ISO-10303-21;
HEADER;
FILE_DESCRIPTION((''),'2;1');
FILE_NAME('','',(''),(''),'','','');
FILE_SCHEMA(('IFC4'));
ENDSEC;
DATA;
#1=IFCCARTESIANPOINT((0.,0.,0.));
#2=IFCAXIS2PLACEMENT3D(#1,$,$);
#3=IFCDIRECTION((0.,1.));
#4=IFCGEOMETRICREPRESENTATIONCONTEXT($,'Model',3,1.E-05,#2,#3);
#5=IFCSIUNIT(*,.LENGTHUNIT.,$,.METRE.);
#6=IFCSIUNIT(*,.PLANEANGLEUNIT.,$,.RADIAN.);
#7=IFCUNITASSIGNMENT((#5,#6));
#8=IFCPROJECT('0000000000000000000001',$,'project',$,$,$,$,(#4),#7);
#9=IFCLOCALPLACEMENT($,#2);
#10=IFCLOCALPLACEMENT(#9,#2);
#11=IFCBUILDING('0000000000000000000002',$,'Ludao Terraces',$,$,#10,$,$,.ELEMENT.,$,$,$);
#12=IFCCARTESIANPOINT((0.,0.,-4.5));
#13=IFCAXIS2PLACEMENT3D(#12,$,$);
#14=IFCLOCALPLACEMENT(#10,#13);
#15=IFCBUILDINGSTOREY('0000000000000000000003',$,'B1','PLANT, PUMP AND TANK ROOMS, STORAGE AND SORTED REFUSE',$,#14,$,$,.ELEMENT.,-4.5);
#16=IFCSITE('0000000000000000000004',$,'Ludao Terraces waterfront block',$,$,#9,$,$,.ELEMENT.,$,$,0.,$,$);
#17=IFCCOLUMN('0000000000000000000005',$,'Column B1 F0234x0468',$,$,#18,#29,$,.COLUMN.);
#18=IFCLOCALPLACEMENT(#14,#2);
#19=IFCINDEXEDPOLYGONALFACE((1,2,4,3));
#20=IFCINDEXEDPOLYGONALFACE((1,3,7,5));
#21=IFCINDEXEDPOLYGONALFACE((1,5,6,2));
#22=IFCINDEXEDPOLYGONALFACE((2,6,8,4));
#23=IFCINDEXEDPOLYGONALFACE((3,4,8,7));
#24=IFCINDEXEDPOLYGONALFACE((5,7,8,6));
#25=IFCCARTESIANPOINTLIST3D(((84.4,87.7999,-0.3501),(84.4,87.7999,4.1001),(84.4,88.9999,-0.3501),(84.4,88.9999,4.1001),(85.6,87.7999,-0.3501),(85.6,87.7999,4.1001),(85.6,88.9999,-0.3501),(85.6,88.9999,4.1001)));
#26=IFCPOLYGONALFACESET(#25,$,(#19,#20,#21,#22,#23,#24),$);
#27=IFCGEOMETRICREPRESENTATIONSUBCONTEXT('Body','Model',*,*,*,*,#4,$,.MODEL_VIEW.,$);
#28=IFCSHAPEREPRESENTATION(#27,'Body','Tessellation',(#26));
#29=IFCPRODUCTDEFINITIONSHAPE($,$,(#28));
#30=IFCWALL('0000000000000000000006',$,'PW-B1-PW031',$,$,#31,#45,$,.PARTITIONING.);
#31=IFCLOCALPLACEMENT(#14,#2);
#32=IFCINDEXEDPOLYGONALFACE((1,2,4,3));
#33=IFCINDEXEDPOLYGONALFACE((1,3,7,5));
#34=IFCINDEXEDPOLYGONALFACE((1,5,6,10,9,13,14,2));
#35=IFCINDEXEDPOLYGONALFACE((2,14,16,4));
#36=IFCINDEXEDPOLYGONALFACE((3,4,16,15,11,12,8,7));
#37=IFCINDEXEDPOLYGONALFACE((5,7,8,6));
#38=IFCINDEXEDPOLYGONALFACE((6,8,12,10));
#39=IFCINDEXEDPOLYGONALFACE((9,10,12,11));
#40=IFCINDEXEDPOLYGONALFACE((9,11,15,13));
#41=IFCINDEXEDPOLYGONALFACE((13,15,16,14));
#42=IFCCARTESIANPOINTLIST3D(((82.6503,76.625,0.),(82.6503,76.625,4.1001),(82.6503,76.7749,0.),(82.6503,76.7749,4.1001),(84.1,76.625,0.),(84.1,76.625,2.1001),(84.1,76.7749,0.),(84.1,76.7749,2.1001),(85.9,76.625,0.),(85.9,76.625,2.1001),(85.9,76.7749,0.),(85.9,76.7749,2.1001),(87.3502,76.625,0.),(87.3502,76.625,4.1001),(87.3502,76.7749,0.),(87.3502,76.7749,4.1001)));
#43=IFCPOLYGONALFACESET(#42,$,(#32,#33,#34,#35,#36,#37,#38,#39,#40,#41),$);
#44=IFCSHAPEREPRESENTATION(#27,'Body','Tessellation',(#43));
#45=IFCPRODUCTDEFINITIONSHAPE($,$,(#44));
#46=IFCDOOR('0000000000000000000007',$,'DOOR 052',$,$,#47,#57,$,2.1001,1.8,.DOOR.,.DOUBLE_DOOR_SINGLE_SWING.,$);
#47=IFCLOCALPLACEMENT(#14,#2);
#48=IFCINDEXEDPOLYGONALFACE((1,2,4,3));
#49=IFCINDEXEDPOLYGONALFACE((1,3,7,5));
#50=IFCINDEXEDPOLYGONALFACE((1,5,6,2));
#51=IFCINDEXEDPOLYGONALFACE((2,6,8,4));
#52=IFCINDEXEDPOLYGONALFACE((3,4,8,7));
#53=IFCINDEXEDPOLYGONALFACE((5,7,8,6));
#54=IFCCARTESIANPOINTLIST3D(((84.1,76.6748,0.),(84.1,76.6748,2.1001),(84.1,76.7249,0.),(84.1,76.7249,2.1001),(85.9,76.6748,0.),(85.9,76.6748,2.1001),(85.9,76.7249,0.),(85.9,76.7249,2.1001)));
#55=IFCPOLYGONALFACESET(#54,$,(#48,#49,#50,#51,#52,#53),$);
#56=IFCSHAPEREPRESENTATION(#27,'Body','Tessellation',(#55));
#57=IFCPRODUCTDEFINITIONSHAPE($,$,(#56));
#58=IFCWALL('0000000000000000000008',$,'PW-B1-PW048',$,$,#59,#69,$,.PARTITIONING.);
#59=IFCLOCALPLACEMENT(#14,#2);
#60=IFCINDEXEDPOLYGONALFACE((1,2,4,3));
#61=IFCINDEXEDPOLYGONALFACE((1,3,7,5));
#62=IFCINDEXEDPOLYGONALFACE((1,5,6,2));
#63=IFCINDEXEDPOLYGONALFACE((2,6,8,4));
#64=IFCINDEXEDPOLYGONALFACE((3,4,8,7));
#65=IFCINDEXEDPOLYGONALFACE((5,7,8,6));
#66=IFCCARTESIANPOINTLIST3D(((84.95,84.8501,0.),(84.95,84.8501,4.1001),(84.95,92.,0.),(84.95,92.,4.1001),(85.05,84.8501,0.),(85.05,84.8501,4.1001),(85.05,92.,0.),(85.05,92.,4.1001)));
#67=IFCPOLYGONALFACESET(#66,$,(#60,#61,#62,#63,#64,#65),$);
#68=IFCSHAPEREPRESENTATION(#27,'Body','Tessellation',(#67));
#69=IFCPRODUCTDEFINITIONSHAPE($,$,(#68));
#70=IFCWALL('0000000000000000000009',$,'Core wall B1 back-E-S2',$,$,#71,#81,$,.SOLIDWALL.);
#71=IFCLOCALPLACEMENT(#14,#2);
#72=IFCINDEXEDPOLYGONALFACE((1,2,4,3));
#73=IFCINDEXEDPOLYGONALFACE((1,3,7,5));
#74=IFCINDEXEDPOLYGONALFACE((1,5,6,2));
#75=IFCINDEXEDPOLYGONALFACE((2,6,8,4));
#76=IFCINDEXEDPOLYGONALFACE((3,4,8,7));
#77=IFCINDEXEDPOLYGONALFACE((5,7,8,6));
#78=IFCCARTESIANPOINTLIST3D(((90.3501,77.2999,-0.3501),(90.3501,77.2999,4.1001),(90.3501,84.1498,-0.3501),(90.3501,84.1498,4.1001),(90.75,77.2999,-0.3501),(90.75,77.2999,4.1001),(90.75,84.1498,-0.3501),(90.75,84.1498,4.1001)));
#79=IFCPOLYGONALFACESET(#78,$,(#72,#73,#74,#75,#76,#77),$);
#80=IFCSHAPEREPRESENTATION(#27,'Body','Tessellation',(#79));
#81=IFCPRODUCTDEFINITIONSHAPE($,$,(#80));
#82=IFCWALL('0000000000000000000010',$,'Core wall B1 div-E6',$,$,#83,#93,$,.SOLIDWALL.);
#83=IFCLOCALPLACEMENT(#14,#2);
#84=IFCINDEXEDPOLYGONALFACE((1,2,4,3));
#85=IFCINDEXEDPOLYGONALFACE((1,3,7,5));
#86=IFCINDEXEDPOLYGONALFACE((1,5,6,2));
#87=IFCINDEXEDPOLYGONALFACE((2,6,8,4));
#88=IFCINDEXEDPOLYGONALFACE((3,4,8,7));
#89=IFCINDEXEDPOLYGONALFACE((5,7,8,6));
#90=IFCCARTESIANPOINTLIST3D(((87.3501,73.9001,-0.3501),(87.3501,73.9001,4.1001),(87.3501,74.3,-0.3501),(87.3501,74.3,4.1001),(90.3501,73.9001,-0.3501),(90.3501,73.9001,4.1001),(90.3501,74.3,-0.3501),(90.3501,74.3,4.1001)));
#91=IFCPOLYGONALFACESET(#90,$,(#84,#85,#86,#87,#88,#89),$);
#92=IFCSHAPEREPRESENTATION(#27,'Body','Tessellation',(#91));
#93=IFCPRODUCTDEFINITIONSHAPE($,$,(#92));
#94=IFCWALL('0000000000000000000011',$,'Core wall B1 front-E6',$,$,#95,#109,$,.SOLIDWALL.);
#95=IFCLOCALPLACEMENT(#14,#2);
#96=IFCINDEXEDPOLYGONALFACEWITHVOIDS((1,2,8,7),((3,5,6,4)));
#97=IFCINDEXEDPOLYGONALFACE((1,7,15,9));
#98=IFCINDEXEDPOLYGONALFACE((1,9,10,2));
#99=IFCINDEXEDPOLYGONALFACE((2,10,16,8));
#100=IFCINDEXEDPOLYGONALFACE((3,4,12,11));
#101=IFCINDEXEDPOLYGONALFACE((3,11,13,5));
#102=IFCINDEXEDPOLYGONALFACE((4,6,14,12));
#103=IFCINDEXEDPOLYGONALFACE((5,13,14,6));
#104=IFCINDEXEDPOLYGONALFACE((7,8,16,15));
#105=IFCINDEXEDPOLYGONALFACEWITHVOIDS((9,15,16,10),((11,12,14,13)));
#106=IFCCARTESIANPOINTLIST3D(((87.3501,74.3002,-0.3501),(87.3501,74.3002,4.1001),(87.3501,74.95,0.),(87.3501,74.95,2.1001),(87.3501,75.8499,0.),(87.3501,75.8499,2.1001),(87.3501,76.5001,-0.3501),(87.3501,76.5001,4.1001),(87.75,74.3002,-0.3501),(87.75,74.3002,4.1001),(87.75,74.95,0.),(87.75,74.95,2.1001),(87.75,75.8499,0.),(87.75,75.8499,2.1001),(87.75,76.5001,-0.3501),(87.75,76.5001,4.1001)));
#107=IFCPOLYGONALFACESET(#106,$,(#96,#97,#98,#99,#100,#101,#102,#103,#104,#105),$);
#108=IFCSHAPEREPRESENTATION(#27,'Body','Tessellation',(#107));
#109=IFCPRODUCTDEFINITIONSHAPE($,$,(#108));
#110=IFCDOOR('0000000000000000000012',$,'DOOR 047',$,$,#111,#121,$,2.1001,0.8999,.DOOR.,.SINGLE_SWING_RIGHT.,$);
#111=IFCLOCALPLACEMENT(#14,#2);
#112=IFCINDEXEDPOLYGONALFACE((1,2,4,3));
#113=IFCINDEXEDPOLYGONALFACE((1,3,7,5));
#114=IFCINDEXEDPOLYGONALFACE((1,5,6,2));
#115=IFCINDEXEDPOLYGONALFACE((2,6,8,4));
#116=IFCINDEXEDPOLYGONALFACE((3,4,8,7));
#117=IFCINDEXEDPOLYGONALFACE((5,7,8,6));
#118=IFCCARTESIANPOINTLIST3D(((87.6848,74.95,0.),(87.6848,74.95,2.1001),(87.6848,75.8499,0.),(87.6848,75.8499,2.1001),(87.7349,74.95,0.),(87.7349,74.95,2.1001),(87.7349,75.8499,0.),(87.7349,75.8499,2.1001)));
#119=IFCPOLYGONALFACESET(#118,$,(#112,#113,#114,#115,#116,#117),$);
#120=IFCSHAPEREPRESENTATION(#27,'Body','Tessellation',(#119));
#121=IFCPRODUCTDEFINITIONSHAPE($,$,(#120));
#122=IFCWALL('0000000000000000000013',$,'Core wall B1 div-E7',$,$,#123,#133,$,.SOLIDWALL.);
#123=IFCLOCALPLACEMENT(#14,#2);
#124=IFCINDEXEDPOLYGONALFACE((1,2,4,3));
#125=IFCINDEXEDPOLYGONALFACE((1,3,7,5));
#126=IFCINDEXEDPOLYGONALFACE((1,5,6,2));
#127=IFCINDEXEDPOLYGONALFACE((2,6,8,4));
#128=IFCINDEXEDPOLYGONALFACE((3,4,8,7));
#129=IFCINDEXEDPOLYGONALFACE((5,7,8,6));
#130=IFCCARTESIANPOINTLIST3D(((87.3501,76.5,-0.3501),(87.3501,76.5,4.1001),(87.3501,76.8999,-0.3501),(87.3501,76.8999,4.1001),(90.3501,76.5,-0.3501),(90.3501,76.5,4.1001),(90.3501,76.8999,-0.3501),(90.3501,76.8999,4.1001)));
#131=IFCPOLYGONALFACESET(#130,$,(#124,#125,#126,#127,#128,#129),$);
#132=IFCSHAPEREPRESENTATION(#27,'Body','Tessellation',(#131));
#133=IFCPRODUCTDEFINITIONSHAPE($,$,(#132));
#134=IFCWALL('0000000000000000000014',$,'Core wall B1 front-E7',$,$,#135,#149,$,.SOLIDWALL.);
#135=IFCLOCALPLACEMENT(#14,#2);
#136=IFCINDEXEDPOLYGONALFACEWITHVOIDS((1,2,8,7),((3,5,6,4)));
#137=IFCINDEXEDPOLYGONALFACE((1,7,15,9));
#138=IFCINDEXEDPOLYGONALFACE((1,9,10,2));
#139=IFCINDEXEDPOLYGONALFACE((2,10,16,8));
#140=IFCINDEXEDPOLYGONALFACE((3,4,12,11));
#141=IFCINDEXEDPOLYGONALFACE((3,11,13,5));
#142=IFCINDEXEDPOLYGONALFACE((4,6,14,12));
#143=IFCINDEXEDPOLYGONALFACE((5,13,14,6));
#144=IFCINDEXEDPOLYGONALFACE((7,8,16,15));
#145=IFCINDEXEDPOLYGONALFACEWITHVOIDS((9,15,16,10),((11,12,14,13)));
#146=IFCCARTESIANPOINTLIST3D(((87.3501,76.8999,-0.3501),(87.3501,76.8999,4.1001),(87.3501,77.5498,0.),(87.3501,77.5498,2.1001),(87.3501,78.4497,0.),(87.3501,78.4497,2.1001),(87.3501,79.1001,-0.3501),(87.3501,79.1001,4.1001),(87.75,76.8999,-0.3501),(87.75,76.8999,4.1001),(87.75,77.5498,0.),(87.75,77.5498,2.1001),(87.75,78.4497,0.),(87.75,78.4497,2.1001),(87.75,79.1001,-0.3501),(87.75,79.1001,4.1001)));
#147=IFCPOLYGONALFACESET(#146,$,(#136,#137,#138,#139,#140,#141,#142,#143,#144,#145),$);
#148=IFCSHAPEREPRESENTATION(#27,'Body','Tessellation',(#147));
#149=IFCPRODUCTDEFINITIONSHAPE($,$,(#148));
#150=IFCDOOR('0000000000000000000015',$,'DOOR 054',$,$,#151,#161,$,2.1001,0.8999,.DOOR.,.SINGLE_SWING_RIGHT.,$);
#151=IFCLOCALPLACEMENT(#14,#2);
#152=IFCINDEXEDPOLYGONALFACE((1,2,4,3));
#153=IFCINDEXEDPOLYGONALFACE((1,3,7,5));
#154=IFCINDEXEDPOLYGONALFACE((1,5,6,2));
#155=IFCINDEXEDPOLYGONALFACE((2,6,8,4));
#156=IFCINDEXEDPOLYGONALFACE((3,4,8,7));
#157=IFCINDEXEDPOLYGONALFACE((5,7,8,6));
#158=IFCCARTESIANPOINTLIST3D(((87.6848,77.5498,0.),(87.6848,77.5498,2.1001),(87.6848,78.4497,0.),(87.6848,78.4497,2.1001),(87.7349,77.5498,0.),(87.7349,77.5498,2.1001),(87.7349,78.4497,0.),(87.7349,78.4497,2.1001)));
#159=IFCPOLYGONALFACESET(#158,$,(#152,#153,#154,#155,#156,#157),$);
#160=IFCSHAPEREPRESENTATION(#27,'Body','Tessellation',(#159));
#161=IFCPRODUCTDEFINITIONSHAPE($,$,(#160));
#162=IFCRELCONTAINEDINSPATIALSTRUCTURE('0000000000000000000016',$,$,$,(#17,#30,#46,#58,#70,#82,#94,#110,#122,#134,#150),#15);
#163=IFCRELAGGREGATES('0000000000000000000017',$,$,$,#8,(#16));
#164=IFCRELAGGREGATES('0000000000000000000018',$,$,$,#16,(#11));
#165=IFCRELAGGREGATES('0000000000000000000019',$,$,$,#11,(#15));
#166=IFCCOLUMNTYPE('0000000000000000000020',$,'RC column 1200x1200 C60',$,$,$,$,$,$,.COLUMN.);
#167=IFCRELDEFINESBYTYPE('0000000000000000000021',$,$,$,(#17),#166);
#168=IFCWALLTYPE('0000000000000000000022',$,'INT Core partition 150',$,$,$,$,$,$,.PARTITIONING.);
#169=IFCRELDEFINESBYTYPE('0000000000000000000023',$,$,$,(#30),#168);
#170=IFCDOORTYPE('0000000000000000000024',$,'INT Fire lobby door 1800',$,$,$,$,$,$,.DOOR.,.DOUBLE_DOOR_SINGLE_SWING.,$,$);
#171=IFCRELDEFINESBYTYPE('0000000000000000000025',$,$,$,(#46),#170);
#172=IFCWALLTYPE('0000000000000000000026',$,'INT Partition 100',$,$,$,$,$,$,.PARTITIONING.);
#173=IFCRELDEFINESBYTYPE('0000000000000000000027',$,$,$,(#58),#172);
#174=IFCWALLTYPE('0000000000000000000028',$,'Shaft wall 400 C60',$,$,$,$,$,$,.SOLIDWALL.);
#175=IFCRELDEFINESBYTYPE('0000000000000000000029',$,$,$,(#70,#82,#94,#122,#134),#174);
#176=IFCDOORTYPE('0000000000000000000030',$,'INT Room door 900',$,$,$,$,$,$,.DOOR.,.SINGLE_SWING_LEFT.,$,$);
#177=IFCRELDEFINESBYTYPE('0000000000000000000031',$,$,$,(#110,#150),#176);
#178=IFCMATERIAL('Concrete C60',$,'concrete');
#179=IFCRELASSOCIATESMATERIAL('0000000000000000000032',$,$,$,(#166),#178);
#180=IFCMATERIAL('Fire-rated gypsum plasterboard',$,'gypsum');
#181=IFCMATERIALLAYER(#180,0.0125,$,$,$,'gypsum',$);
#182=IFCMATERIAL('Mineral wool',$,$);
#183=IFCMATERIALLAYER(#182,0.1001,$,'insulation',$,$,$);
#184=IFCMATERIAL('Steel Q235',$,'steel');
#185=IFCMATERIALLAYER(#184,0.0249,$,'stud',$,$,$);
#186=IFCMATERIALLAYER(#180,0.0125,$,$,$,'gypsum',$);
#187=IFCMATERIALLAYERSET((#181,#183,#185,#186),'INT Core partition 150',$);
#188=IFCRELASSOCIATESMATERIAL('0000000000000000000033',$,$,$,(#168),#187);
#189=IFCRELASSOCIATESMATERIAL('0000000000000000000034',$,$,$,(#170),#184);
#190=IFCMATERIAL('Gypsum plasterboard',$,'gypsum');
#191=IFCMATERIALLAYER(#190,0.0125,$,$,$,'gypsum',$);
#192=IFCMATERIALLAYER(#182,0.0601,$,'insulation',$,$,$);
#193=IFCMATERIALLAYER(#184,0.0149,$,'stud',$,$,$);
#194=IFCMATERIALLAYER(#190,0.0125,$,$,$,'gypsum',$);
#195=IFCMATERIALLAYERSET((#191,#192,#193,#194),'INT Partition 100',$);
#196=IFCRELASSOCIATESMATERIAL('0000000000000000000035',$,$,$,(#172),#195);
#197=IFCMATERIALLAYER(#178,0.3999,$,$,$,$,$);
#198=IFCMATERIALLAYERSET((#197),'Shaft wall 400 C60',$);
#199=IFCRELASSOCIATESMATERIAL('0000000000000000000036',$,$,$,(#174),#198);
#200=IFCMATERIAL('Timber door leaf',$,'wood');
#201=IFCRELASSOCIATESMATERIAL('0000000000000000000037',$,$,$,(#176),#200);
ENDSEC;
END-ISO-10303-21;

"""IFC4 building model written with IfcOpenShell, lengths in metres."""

from ifc_helpers import new_model, si_unit, direction, frame, frame_2d, origin, origin_2d, place, context, subcontext, project, spatial, rectangle, extrude, material, layer, layer_set, material_profile, profile_set, type_object, element, fill, save


model = new_model("IFC4")

# Units and contexts
model_context = context("Model", 3, precision=1e-05, world=origin(), true_north=direction((0.0, 1.0)))
body_context = subcontext(model_context, "Body", "Model", "MODEL_VIEW")
ifc_project = project(units=[si_unit("LENGTHUNIT", "METRE"), si_unit("PLANEANGLEUNIT", "RADIAN")], contexts=[model_context])

# Site, building, storey
site_placement = place(None, origin())
site = spatial("IfcSite", under=ifc_project, at=site_placement, Name="Ludao Terraces waterfront block", CompositionType="ELEMENT", RefElevation=0.0)
building_placement = place(site_placement, origin())
building = spatial("IfcBuilding", under=site, at=building_placement, Name="Ludao Terraces", CompositionType="ELEMENT")
storey_placement = place(building_placement, frame((0.0, 0.0, -4.5)))
storey = spatial("IfcBuildingStorey", under=building, at=storey_placement, Name="B1", Description="PLANT, PUMP AND TANK ROOMS, STORAGE AND SORTED REFUSE", CompositionType="ELEMENT", Elevation=-4.5)

# Column
ifc_material_1 = material(Name="Concrete C60", Category="concrete")
ifc_material_profile = material_profile(ifc_material_1, rectangle(XDim=1.2, YDim=1.2, at=origin_2d()), Name="1200 X 1200")
ifc_profile_set = profile_set([ifc_material_profile], Name="Concrete C60")
column_type = type_object("IfcColumnType", Name="RC column 1200x1200 C60", PredefinedType="COLUMN", material=ifc_profile_set)
column_placement = place(storey_placement, frame((85.0, 88.3999, -0.3501), z_axis=(0.0, 0.0, 1.0), x_axis=(1.0, 0.0, 0.0)))
element("IfcColumn", 1, at=column_placement, inside=storey, type_object=column_type, Name="Column B1 F0234x0468", PredefinedType="COLUMN", context=body_context, shape_type="SweptSolid", body=[
    extrude(rectangle(XDim=1.2, YDim=1.2, at=origin_2d()), origin(), (0.0, 0.0, 1.0), 4.4502),
])

# Wall, opening, door
ifc_material_2 = material(Name="Fire-rated gypsum plasterboard", Category="gypsum")
ifc_layer_1 = layer(ifc_material_2, 0.0125, Category="gypsum")
ifc_material_3 = material(Name="Mineral wool")
ifc_layer_2 = layer(ifc_material_3, 0.1001, Name="insulation")
ifc_material_4 = material(Name="Steel Q235", Category="steel")
ifc_layer_3 = layer(ifc_material_4, 0.0249, Name="stud")
ifc_layer_4 = layer(ifc_material_2, 0.0125, Category="gypsum")
ifc_layer_set_1 = layer_set([ifc_layer_1, ifc_layer_2, ifc_layer_3, ifc_layer_4], Name="INT Core partition 150")
wall_type_1 = type_object("IfcWallType", Name="INT Core partition 150", PredefinedType="PARTITIONING", material=ifc_layer_set_1)
wall_1_placement = place(storey_placement, frame((82.6501, 76.7, 0.0), z_axis=(0.0, 0.0, 1.0), x_axis=(1.0, 0.0, 0.0)))
wall_1 = element("IfcWall", 2, at=wall_1_placement, inside=storey, type_object=wall_type_1, Name="PW-B1-PW031", PredefinedType="PARTITIONING", context=body_context, shape_type="SweptSolid", body=[
    extrude(rectangle(XDim=4.7, YDim=0.1499, at=frame_2d((2.3501, 0.0))), origin(), (0.0, 0.0, 1.0), 4.1001),
])
opening_1_placement = place(wall_1_placement, frame((1.45, 0.0, 0.0)))
opening_1 = element("IfcOpeningElement", 3, at=opening_1_placement, cuts=wall_1, PredefinedType="OPENING", context=body_context, shape_type="SweptSolid", body=[
    extrude(rectangle(XDim=1.8, YDim=2.1001, at=frame_2d((0.8999, 1.05))), frame((0.0, 0.085, 0.0), z_axis=(0.0, -1.0, 0.0), x_axis=(1.0, 0.0, 0.0)), (0.0, 0.0, 1.0), 0.1699),
])
door_type_1 = type_object("IfcDoorType", Name="INT Fire lobby door 1800", OperationType="DOUBLE_DOOR_SINGLE_SWING", PredefinedType="DOOR", material=ifc_material_4)
door_1_placement = place(opening_1_placement, origin())
door_1 = element("IfcDoor", 4, at=door_1_placement, inside=storey, type_object=door_type_1, Name="DOOR 052", OperationType="DOUBLE_DOOR_SINGLE_SWING", OverallHeight=2.1001, OverallWidth=1.8, PredefinedType="DOOR", context=body_context, shape_type="SweptSolid", body=[
    extrude(rectangle(XDim=1.8, YDim=2.1001, at=frame_2d((0.8999, 1.05))), frame((0.0, 0.0249, 0.0), z_axis=(0.0, -1.0, 0.0), x_axis=(1.0, 0.0, 0.0)), (0.0, 0.0, 1.0), 0.05),
])
fill(opening_1, door_1)

# Walls
ifc_material_5 = material(Name="Gypsum plasterboard", Category="gypsum")
ifc_layer_5 = layer(ifc_material_5, 0.0125, Category="gypsum")
ifc_layer_6 = layer(ifc_material_3, 0.0601, Name="insulation")
ifc_layer_7 = layer(ifc_material_4, 0.0149, Name="stud")
ifc_layer_8 = layer(ifc_material_5, 0.0125, Category="gypsum")
ifc_layer_set_2 = layer_set([ifc_layer_5, ifc_layer_6, ifc_layer_7, ifc_layer_8], Name="INT Partition 100")
wall_type_2 = type_object("IfcWallType", Name="INT Partition 100", PredefinedType="PARTITIONING", material=ifc_layer_set_2)
wall_2_placement = place(storey_placement, frame((85.0, 84.8501, 0.0), z_axis=(0.0, 0.0, 1.0), x_axis=(0.0, 1.0, 0.0)))
element("IfcWall", 5, at=wall_2_placement, inside=storey, type_object=wall_type_2, Name="PW-B1-PW048", PredefinedType="PARTITIONING", context=body_context, shape_type="SweptSolid", body=[
    extrude(rectangle(XDim=7.1499, YDim=0.1001, at=frame_2d((3.575, 0.0))), origin(), (0.0, 0.0, 1.0), 4.1001),
])
ifc_layer_9 = layer(ifc_material_1, 0.3999)
ifc_layer_set_3 = layer_set([ifc_layer_9], Name="Shaft wall 400 C60")
wall_type_3 = type_object("IfcWallType", Name="Shaft wall 400 C60", PredefinedType="SOLIDWALL", material=ifc_layer_set_3)
wall_3_placement = place(storey_placement, frame((90.55, 77.3, -0.3501), z_axis=(0.0, 0.0, 1.0), x_axis=(0.0, 1.0, 0.0)))
element("IfcWall", 6, at=wall_3_placement, inside=storey, type_object=wall_type_3, Name="Core wall B1 back-E-S2", PredefinedType="SOLIDWALL", context=body_context, shape_type="SweptSolid", body=[
    extrude(rectangle(XDim=6.8499, YDim=0.3999, at=frame_2d((3.4248, 0.0))), origin(), (0.0, 0.0, 1.0), 4.4502),
])
wall_4_placement = place(storey_placement, frame((87.3501, 74.1001, -0.3501), z_axis=(0.0, 0.0, 1.0), x_axis=(1.0, 0.0, 0.0)))
element("IfcWall", 7, at=wall_4_placement, inside=storey, type_object=wall_type_3, Name="Core wall B1 div-E6", PredefinedType="SOLIDWALL", context=body_context, shape_type="SweptSolid", body=[
    extrude(rectangle(XDim=3.0, YDim=0.3999, at=frame_2d((1.5, 0.0))), origin(), (0.0, 0.0, 1.0), 4.4502),
])

# Wall, opening, door
wall_5_placement = place(storey_placement, frame((87.55, 74.3, -0.3501), z_axis=(0.0, 0.0, 1.0), x_axis=(0.0, 1.0, 0.0)))
wall_5 = element("IfcWall", 8, at=wall_5_placement, inside=storey, type_object=wall_type_3, Name="Core wall B1 front-E6", PredefinedType="SOLIDWALL", context=body_context, shape_type="SweptSolid", body=[
    extrude(rectangle(XDim=2.2, YDim=0.3999, at=frame_2d((1.1001, 0.0))), origin(), (0.0, 0.0, 1.0), 4.4502),
])
opening_2_placement = place(wall_5_placement, frame((0.6499, 0.0, 0.3501)))
opening_2 = element("IfcOpeningElement", 9, at=opening_2_placement, cuts=wall_5, PredefinedType="OPENING", context=body_context, shape_type="SweptSolid", body=[
    extrude(rectangle(XDim=0.8999, YDim=2.1001, at=frame_2d((0.45, 1.05))), frame((0.0, 0.21, 0.0), z_axis=(0.0, -1.0, 0.0), x_axis=(1.0, 0.0, 0.0)), (0.0, 0.0, 1.0), 0.4199),
])
ifc_material_6 = material(Name="Timber door leaf", Category="wood")
door_type_2 = type_object("IfcDoorType", Name="INT Room door 900", OperationType="SINGLE_SWING_LEFT", PredefinedType="DOOR", material=ifc_material_6)
door_2_placement = place(opening_2_placement, origin())
door_2 = element("IfcDoor", 10, at=door_2_placement, inside=storey, type_object=door_type_2, Name="DOOR 047", OperationType="SINGLE_SWING_RIGHT", OverallHeight=2.1001, OverallWidth=0.8999, PredefinedType="DOOR", context=body_context, shape_type="SweptSolid", body=[
    extrude(rectangle(XDim=0.8999, YDim=2.1001, at=frame_2d((0.45, 1.05))), frame((0.0, -0.1348, 0.0), z_axis=(0.0, -1.0, 0.0), x_axis=(1.0, 0.0, 0.0)), (0.0, 0.0, 1.0), 0.05),
])
fill(opening_2, door_2)

# Wall
wall_6_placement = place(storey_placement, frame((87.3501, 76.7, -0.3501), z_axis=(0.0, 0.0, 1.0), x_axis=(1.0, 0.0, 0.0)))
element("IfcWall", 11, at=wall_6_placement, inside=storey, type_object=wall_type_3, Name="Core wall B1 div-E7", PredefinedType="SOLIDWALL", context=body_context, shape_type="SweptSolid", body=[
    extrude(rectangle(XDim=3.0, YDim=0.3999, at=frame_2d((1.5, 0.0))), origin(), (0.0, 0.0, 1.0), 4.4502),
])

# Wall, opening, door
wall_7_placement = place(storey_placement, frame((87.55, 76.8999, -0.3501), z_axis=(0.0, 0.0, 1.0), x_axis=(0.0, 1.0, 0.0)))
wall_7 = element("IfcWall", 12, at=wall_7_placement, inside=storey, type_object=wall_type_3, Name="Core wall B1 front-E7", PredefinedType="SOLIDWALL", context=body_context, shape_type="SweptSolid", body=[
    extrude(rectangle(XDim=2.2002, YDim=0.3999, at=frame_2d((1.1001, 0.0))), origin(), (0.0, 0.0, 1.0), 4.4502),
])
opening_3_placement = place(wall_7_placement, frame((0.6499, 0.0, 0.3501)))
opening_3 = element("IfcOpeningElement", 13, at=opening_3_placement, cuts=wall_7, PredefinedType="OPENING", context=body_context, shape_type="SweptSolid", body=[
    extrude(rectangle(XDim=0.8999, YDim=2.1001, at=frame_2d((0.45, 1.05))), frame((0.0, 0.21, 0.0), z_axis=(0.0, -1.0, 0.0), x_axis=(1.0, 0.0, 0.0)), (0.0, 0.0, 1.0), 0.4199),
])
door_3_placement = place(opening_3_placement, origin())
door_3 = element("IfcDoor", 14, at=door_3_placement, inside=storey, type_object=door_type_2, Name="DOOR 054", OperationType="SINGLE_SWING_RIGHT", OverallHeight=2.1001, OverallWidth=0.8999, PredefinedType="DOOR", context=body_context, shape_type="SweptSolid", body=[
    extrude(rectangle(XDim=0.8999, YDim=2.1001, at=frame_2d((0.45, 1.05))), frame((0.0, -0.1348, 0.0), z_axis=(0.0, -1.0, 0.0), x_axis=(1.0, 0.0, 0.0)), (0.0, 0.0, 1.0), 0.05),
])
fill(opening_3, door_3)

save(model, "model.ifc")
